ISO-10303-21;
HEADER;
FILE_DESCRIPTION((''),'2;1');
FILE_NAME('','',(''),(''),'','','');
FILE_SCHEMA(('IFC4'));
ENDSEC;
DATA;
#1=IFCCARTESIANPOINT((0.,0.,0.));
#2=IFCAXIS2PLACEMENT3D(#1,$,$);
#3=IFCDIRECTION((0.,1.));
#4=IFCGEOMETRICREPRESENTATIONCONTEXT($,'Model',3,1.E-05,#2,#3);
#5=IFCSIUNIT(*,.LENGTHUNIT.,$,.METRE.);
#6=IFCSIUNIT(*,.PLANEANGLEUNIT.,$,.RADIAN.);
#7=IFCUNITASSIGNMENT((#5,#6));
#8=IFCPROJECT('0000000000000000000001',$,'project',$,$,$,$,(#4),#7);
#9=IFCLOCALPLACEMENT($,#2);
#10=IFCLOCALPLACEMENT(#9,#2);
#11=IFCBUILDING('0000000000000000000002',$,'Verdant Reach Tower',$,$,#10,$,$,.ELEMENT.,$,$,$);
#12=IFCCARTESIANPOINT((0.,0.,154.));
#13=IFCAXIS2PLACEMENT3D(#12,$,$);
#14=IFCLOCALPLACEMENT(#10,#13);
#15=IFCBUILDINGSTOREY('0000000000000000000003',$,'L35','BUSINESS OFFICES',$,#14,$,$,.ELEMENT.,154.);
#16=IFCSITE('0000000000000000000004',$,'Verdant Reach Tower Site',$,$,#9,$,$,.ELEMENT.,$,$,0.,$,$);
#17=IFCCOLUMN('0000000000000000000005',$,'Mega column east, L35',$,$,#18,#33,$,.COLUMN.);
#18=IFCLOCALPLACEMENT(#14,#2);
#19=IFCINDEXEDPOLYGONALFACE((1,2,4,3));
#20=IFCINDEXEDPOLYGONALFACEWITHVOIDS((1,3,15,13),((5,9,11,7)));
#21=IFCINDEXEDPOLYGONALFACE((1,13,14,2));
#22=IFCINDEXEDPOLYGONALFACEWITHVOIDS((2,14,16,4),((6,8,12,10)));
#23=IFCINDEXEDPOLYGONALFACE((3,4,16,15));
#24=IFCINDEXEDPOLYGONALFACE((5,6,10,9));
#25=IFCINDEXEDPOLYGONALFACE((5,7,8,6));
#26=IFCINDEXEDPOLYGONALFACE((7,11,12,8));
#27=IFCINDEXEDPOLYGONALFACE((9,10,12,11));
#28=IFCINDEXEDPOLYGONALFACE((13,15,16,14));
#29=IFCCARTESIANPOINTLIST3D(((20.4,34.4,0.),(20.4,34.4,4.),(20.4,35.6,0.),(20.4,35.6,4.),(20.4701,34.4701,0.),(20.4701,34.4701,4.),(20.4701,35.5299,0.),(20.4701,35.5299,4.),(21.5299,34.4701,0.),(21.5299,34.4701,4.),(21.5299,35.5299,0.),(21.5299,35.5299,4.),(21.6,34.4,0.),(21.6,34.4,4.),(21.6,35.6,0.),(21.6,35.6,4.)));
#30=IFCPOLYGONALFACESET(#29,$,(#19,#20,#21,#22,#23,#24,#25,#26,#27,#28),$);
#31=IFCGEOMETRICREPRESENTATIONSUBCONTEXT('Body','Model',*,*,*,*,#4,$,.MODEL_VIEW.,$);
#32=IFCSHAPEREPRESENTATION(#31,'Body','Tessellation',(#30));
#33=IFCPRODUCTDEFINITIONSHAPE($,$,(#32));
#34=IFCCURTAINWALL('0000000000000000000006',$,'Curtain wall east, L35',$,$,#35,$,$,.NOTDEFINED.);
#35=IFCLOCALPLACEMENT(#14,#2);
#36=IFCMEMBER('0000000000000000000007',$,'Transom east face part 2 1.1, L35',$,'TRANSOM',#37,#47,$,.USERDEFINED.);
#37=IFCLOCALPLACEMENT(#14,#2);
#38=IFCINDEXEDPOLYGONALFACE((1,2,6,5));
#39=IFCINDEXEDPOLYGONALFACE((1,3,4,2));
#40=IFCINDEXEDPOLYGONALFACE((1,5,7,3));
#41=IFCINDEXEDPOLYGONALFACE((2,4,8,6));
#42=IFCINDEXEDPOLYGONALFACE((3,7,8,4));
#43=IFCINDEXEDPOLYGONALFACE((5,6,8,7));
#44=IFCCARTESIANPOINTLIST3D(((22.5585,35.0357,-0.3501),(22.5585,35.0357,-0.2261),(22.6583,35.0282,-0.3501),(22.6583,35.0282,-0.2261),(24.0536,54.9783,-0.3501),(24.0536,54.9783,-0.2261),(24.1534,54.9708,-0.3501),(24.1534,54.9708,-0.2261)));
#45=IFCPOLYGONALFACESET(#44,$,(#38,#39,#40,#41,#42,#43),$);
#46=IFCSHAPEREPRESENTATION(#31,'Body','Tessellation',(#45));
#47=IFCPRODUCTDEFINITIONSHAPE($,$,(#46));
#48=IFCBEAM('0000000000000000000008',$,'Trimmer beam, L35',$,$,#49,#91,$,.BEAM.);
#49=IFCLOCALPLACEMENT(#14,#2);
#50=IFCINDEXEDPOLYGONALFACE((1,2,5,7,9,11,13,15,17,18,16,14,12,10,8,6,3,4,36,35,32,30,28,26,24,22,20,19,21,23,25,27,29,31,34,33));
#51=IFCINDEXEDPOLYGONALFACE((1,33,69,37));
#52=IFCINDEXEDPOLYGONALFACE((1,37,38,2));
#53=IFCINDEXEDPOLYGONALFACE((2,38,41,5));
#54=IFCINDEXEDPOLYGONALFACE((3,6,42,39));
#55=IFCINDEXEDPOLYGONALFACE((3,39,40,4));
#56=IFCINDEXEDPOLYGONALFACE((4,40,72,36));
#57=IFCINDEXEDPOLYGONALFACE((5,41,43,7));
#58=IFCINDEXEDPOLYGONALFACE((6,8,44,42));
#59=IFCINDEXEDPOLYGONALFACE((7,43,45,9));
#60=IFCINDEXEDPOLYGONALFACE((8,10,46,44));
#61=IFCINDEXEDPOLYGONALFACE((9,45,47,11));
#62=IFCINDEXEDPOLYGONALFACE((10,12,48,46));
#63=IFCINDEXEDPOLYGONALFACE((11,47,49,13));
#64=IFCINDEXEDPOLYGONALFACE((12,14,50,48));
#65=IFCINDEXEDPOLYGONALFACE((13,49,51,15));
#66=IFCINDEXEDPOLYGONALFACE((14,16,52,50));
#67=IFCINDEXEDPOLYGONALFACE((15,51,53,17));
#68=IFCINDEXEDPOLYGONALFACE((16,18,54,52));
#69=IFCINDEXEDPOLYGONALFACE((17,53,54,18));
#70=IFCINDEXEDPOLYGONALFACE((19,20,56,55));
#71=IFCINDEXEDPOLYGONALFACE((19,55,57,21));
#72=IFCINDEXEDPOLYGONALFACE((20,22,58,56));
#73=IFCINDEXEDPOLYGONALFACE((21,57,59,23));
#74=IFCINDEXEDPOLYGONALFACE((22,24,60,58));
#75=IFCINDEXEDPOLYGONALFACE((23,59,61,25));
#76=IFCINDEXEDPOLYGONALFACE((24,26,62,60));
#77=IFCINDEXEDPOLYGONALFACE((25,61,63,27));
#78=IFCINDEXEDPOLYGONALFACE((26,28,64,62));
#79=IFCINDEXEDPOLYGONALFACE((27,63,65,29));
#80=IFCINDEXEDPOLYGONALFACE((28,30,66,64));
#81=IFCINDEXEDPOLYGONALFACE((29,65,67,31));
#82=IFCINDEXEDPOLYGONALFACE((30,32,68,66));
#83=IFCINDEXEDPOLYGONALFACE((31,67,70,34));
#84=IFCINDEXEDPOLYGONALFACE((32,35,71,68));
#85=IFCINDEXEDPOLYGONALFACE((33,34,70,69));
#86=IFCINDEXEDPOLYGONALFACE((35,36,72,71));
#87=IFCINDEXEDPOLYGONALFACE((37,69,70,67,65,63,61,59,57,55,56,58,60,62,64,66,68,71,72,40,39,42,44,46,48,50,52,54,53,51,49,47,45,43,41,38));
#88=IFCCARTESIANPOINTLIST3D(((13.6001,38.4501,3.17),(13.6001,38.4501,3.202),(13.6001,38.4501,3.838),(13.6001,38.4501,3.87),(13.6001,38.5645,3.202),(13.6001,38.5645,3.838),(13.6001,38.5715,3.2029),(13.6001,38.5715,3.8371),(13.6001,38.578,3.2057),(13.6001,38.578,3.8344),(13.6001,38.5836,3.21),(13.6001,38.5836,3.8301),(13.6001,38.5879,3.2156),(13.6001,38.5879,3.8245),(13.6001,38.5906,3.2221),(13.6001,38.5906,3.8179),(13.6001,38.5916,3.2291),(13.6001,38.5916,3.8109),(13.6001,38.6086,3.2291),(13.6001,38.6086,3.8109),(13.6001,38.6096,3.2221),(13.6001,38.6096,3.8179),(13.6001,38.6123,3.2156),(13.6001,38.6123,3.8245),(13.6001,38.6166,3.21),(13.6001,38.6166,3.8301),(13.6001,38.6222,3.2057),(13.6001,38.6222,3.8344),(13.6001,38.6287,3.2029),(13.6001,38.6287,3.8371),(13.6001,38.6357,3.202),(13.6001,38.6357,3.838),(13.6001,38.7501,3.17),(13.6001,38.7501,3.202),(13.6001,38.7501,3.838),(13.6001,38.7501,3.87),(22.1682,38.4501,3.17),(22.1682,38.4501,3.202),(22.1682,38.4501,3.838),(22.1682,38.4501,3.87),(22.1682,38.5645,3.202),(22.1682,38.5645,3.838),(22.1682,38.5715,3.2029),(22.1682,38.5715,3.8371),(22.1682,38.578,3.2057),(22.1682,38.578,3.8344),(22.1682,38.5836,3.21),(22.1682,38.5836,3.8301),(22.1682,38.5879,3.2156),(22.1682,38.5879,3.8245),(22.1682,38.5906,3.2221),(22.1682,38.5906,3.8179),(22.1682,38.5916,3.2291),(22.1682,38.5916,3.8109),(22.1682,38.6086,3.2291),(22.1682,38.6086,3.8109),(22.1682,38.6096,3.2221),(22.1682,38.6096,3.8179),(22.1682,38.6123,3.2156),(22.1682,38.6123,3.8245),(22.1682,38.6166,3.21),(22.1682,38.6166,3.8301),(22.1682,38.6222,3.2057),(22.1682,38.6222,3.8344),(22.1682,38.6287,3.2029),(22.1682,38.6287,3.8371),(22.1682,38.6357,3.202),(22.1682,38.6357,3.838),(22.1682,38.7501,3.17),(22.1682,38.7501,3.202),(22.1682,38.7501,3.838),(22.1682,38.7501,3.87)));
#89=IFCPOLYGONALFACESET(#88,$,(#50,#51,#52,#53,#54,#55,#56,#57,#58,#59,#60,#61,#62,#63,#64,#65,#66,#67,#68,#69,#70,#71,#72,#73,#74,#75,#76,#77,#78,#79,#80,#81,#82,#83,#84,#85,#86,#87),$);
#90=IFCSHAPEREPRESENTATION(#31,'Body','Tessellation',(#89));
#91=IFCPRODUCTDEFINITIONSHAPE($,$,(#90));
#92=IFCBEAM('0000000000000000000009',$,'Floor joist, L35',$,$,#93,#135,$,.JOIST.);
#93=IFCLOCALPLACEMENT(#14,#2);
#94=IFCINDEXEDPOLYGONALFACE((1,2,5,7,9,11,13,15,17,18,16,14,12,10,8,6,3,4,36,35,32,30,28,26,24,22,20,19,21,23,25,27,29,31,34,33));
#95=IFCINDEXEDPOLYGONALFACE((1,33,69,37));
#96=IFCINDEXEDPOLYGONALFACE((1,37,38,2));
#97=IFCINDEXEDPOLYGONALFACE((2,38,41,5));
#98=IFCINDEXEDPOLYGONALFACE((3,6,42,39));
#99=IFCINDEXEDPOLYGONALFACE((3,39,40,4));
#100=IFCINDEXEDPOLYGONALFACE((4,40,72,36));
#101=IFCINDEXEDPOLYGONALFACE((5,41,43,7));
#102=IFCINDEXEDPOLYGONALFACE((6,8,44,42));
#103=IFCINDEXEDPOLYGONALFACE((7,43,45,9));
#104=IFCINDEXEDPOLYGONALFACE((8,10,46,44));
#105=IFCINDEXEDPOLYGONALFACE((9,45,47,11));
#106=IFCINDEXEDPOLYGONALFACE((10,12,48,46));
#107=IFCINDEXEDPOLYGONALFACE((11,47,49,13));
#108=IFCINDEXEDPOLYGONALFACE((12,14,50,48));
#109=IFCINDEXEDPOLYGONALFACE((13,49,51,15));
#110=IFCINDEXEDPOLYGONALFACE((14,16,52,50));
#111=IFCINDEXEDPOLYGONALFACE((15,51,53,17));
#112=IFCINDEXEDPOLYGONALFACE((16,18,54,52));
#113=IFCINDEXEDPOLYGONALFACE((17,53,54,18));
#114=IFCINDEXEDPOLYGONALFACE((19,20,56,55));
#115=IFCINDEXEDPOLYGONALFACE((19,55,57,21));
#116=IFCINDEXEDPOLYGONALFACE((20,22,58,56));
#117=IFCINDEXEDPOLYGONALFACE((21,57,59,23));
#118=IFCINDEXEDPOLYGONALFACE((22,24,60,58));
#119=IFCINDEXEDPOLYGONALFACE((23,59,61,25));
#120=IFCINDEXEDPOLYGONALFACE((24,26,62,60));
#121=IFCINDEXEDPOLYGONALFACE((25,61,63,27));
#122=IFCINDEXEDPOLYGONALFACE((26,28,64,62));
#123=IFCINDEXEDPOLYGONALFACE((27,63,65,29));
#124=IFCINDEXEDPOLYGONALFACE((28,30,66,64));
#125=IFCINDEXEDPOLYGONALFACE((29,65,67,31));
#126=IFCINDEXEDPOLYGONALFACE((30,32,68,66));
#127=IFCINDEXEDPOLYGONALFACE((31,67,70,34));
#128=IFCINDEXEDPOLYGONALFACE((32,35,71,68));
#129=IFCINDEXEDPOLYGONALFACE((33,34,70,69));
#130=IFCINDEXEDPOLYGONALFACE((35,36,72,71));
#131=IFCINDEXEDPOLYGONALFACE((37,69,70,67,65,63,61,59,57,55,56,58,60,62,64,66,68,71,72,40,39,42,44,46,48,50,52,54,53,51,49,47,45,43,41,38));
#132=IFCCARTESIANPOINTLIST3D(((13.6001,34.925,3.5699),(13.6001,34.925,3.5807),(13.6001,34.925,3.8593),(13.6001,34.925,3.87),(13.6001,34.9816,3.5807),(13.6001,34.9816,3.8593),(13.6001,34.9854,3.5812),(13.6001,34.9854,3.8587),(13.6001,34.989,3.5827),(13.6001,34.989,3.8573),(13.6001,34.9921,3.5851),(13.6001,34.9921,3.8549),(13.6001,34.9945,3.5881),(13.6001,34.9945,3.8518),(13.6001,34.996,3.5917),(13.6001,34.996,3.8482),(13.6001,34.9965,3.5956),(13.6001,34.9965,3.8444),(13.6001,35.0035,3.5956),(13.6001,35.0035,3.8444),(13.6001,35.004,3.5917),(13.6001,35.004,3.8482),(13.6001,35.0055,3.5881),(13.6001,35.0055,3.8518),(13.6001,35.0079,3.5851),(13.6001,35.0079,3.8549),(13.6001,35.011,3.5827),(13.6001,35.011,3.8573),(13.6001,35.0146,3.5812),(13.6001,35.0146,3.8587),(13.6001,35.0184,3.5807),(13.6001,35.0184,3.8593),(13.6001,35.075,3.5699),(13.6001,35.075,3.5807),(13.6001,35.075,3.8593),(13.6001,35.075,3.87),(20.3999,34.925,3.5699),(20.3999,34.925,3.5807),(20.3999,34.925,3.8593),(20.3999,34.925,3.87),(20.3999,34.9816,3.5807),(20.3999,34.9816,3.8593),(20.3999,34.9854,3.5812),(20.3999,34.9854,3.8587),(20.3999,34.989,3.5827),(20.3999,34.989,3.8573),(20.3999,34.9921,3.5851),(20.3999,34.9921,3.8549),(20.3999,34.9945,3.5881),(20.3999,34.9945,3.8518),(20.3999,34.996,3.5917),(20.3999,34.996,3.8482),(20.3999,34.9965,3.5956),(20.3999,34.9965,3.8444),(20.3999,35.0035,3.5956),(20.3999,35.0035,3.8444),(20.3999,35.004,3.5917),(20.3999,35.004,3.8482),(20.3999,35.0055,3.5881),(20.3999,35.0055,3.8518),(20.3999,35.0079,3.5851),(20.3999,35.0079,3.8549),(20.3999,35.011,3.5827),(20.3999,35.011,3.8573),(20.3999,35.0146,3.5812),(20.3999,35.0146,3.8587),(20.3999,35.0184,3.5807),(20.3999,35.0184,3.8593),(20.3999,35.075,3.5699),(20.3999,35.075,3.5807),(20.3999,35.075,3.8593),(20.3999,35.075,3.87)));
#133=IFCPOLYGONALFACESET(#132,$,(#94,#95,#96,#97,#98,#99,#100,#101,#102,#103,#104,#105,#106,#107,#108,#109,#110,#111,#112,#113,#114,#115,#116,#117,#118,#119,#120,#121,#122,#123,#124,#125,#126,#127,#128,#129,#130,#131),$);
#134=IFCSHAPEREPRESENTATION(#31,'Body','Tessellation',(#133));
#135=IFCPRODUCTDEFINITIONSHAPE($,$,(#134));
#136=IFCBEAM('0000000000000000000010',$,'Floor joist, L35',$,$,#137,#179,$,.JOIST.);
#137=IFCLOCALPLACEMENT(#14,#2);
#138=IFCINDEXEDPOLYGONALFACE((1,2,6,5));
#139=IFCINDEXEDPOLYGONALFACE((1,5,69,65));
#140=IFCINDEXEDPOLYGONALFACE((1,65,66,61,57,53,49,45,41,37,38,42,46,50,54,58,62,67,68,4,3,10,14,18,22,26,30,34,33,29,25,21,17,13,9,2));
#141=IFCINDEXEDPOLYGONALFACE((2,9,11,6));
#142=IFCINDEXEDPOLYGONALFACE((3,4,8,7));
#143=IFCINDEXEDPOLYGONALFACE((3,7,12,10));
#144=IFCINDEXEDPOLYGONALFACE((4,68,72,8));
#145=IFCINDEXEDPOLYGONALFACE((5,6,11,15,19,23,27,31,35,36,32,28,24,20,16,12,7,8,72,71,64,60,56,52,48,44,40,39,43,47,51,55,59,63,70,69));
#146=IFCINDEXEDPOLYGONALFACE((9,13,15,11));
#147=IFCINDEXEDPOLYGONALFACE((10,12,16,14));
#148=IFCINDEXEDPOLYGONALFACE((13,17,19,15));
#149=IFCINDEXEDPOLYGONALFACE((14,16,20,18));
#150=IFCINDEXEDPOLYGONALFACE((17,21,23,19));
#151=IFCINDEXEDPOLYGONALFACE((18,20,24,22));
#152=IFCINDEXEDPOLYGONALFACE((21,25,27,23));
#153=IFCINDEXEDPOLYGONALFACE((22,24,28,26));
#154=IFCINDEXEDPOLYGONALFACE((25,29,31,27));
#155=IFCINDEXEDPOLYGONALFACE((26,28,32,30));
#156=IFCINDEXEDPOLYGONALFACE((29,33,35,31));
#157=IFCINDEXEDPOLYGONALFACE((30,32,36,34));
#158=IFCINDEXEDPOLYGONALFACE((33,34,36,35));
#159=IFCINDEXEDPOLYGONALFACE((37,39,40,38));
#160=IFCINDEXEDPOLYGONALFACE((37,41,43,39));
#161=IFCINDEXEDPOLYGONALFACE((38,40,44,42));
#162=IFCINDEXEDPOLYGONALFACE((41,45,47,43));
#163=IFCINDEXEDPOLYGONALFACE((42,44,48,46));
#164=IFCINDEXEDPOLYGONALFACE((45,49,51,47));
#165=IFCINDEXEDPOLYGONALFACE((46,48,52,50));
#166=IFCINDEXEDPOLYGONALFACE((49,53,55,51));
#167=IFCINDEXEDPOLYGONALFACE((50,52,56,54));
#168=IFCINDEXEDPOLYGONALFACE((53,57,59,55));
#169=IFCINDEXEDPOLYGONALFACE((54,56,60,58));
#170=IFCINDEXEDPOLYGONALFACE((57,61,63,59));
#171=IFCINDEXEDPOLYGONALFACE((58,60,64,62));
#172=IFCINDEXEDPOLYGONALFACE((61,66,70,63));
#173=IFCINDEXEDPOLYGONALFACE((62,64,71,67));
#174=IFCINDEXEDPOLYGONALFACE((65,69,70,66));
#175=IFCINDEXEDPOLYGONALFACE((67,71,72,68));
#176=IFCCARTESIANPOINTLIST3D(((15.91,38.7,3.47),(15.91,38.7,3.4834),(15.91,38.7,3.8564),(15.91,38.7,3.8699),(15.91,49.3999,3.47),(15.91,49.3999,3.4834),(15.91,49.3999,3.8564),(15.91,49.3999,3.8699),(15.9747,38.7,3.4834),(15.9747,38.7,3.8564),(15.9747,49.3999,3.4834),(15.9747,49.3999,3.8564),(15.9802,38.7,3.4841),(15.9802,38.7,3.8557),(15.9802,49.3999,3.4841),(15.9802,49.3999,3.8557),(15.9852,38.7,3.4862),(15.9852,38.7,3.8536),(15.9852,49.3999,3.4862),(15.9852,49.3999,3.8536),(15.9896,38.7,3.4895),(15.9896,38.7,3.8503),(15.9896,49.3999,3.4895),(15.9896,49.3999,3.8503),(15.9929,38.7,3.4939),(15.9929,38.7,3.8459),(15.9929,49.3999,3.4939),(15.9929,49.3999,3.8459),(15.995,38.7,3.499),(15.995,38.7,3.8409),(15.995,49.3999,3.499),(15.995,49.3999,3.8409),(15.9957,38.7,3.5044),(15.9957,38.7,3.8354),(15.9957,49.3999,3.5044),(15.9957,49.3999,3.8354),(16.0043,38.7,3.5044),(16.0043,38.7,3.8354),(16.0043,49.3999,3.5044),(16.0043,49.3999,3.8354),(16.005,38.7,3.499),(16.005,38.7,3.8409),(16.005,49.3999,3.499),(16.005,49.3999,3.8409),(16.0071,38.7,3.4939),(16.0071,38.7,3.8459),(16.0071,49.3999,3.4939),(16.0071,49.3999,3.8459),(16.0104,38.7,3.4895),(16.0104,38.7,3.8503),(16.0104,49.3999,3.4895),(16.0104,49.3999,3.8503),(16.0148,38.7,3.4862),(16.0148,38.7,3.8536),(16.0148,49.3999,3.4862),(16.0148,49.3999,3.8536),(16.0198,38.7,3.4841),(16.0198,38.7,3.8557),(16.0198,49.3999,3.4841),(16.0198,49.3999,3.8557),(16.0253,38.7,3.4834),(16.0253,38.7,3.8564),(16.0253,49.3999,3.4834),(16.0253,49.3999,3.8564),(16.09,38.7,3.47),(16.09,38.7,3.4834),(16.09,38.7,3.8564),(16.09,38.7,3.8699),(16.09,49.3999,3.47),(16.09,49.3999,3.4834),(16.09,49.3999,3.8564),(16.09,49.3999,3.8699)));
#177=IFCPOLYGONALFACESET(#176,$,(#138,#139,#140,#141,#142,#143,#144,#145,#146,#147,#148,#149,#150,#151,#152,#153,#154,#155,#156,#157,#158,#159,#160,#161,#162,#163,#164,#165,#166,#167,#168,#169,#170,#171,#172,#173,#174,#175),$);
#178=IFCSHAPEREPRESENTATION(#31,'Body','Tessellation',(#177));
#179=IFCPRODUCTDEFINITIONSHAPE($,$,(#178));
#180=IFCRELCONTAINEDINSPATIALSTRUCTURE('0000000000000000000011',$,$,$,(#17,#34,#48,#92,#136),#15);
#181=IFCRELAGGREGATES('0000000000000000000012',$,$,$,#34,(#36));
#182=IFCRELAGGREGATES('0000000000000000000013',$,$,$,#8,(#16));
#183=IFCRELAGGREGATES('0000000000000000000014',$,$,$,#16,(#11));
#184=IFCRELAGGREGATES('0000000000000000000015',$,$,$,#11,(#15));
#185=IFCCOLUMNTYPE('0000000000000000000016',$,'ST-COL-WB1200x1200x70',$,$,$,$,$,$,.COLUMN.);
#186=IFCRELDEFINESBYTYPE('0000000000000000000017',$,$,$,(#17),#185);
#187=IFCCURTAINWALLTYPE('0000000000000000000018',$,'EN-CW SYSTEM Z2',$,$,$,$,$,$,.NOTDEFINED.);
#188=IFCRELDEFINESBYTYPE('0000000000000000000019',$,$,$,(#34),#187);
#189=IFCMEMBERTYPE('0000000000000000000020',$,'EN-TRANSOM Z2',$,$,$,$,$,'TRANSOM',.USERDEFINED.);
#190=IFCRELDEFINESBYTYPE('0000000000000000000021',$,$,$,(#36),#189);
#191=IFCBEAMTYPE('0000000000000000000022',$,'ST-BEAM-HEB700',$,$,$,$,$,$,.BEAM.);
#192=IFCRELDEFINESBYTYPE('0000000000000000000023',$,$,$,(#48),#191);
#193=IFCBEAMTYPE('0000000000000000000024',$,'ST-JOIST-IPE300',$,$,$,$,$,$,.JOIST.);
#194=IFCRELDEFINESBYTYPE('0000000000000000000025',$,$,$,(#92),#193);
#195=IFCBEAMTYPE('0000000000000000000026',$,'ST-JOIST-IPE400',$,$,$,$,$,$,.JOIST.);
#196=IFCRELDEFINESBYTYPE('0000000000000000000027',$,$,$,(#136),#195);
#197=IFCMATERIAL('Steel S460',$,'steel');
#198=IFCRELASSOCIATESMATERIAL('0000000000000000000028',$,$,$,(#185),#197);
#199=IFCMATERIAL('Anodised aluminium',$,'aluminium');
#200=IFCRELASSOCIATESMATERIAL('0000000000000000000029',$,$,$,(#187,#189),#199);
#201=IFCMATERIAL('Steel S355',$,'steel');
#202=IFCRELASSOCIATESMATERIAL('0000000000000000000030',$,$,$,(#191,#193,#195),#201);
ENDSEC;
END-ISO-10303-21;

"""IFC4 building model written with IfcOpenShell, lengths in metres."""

from ifc_helpers import new_model, si_unit, direction, frame, origin, origin_2d, place, context, subcontext, project, spatial, rectangle, hollow_rectangle, i_section, extrude, material, material_profile, profile_set, type_object, element, aggregate, save


model = new_model("IFC4")

# Units and contexts
model_context = context("Model", 3, precision=1e-05, world=origin(), true_north=direction((0.0, 1.0)))
body_context = subcontext(model_context, "Body", "Model", "MODEL_VIEW")
ifc_project = project(units=[si_unit("LENGTHUNIT", "METRE"), si_unit("PLANEANGLEUNIT", "RADIAN")], contexts=[model_context])

# Site, building, storey
site_placement = place(None, origin())
site = spatial("IfcSite", under=ifc_project, at=site_placement, Name="Verdant Reach Tower Site", CompositionType="ELEMENT", RefElevation=0.0)
building_placement = place(site_placement, origin())
building = spatial("IfcBuilding", under=site, at=building_placement, Name="Verdant Reach Tower", CompositionType="ELEMENT")
storey_placement = place(building_placement, frame((0.0, 0.0, 154.0)))
storey = spatial("IfcBuildingStorey", under=building, at=storey_placement, Name="L35", Description="BUSINESS OFFICES", CompositionType="ELEMENT", Elevation=154.0)

# Column
ifc_material_1 = material(Name="Steel S460", Category="steel")
ifc_material_profile_1 = material_profile(ifc_material_1, hollow_rectangle(XDim=1.2, YDim=1.2, WallThickness=0.0701, at=origin_2d()), Name="WB 1200x1200x70")
ifc_profile_set_1 = profile_set([ifc_material_profile_1], Name="Steel S460")
column_type = type_object("IfcColumnType", Name="ST-COL-WB1200x1200x70", PredefinedType="COLUMN", material=ifc_profile_set_1)
column_placement = place(storey_placement, frame((21.0, 35.0, 0.0), z_axis=(0.0, 0.0, 1.0), x_axis=(1.0, 0.0, 0.0)))
element("IfcColumn", 1, at=column_placement, inside=storey, type_object=column_type, Name="Mega column east, L35", PredefinedType="COLUMN", context=body_context, shape_type="SweptSolid", body=[
    extrude(hollow_rectangle(XDim=1.2, YDim=1.2, WallThickness=0.0701, at=origin_2d()), origin(), (0.0, 0.0, 1.0), 4.0),
])

# Curtain wall, member
ifc_material_2 = material(Name="Anodised aluminium", Category="aluminium")
curtain_wall_type = type_object("IfcCurtainWallType", Name="EN-CW SYSTEM Z2", PredefinedType="NOTDEFINED", material=ifc_material_2)
curtain_wall_placement = place(storey_placement, origin())
curtain_wall = element("IfcCurtainWall", 2, at=curtain_wall_placement, inside=storey, type_object=curtain_wall_type, Name="Curtain wall east, L35", PredefinedType="NOTDEFINED")
ifc_material_profile_2 = material_profile(ifc_material_2, rectangle(XDim=0.1001, YDim=0.124, at=origin_2d()), Name="Transom 124x100")
ifc_profile_set_2 = profile_set([ifc_material_profile_2], Name="Anodised aluminium")
member_type = type_object("IfcMemberType", Name="EN-TRANSOM Z2", ElementType="TRANSOM", PredefinedType="USERDEFINED", material=ifc_profile_set_2)
member_placement = place(storey_placement, frame((22.6084, 35.032, -0.2881), z_axis=(0.074761, 0.997201, 0.0), x_axis=(-0.997201, 0.074761, 0.0)))
member = element("IfcMember", 3, at=member_placement, type_object=member_type, Name="Transom east face part 2 1.1, L35", ObjectType="TRANSOM", PredefinedType="USERDEFINED", context=body_context, shape_type="SweptSolid", body=[
    extrude(rectangle(XDim=0.1001, YDim=0.124, at=origin_2d()), origin(), (0.0, 0.0, 1.0), 19.9985),
])

# Beams
ifc_material_3 = material(Name="Steel S355", Category="steel")
ifc_material_profile_3 = material_profile(ifc_material_3, i_section(OverallWidth=0.3, OverallDepth=0.7, WebThickness=0.0171, FlangeThickness=0.032, FilletRadius=0.0271, at=origin_2d()), Name="HEB 700")
ifc_profile_set_3 = profile_set([ifc_material_profile_3], Name="Steel S355")
beam_type_1 = type_object("IfcBeamType", Name="ST-BEAM-HEB700", PredefinedType="BEAM", material=ifc_profile_set_3)
beam_1_placement = place(storey_placement, frame((13.6001, 38.6001, 3.52), z_axis=(1.0, 0.0, 0.0), x_axis=(0.0, 1.0, 0.0)))
element("IfcBeam", 4, at=beam_1_placement, inside=storey, type_object=beam_type_1, Name="Trimmer beam, L35", PredefinedType="BEAM", context=body_context, shape_type="SweptSolid", body=[
    extrude(i_section(OverallWidth=0.3, OverallDepth=0.7, WebThickness=0.0171, FlangeThickness=0.032, FilletRadius=0.0271, at=origin_2d()), origin(), (0.0, 0.0, 1.0), 8.5681),
])
ifc_material_profile_4 = material_profile(ifc_material_3, i_section(OverallWidth=0.1499, OverallDepth=0.3, WebThickness=0.0071, FlangeThickness=0.0107, FilletRadius=0.0149, at=origin_2d()), Name="IPE 300")
ifc_profile_set_4 = profile_set([ifc_material_profile_4], Name="Steel S355")
beam_type_2 = type_object("IfcBeamType", Name="ST-JOIST-IPE300", PredefinedType="JOIST", material=ifc_profile_set_4)
beam_2_placement = place(storey_placement, frame((13.6001, 35.0, 3.72), z_axis=(1.0, 0.0, 0.0), x_axis=(0.0, 1.0, 0.0)))
element("IfcBeam", 5, at=beam_2_placement, inside=storey, type_object=beam_type_2, Name="Floor joist, L35", PredefinedType="JOIST", context=body_context, shape_type="SweptSolid", body=[
    extrude(i_section(OverallWidth=0.1499, OverallDepth=0.3, WebThickness=0.0071, FlangeThickness=0.0107, FilletRadius=0.0149, at=origin_2d()), origin(), (0.0, 0.0, 1.0), 6.7998),
])
ifc_material_profile_5 = material_profile(ifc_material_3, i_section(OverallWidth=0.1799, OverallDepth=0.3999, WebThickness=0.0085, FlangeThickness=0.0134, FilletRadius=0.021, at=origin_2d()), Name="IPE 400")
ifc_profile_set_5 = profile_set([ifc_material_profile_5], Name="Steel S355")
beam_type_3 = type_object("IfcBeamType", Name="ST-JOIST-IPE400", PredefinedType="JOIST", material=ifc_profile_set_5)
for number, where, z_axis, x_axis, name in (
    (6, (16.0, 38.7, 3.6699), (0.0, 1.0, 0.0), (-1.0, 0.0, 0.0), "Floor joist, L35"),
):
    element("IfcBeam", number, at=place(storey_placement, frame(where, z_axis=z_axis, x_axis=x_axis)), inside=storey, type_object=beam_type_3, Name=name, PredefinedType="JOIST", context=body_context, shape_type="SweptSolid", body=[
        extrude(i_section(OverallWidth=0.1799, OverallDepth=0.3999, WebThickness=0.0085, FlangeThickness=0.0134, FilletRadius=0.021, at=origin_2d()), origin(), (0.0, 0.0, 1.0), 10.7),
    ])

aggregate(curtain_wall, [member])

save(model, "model.ifc")
